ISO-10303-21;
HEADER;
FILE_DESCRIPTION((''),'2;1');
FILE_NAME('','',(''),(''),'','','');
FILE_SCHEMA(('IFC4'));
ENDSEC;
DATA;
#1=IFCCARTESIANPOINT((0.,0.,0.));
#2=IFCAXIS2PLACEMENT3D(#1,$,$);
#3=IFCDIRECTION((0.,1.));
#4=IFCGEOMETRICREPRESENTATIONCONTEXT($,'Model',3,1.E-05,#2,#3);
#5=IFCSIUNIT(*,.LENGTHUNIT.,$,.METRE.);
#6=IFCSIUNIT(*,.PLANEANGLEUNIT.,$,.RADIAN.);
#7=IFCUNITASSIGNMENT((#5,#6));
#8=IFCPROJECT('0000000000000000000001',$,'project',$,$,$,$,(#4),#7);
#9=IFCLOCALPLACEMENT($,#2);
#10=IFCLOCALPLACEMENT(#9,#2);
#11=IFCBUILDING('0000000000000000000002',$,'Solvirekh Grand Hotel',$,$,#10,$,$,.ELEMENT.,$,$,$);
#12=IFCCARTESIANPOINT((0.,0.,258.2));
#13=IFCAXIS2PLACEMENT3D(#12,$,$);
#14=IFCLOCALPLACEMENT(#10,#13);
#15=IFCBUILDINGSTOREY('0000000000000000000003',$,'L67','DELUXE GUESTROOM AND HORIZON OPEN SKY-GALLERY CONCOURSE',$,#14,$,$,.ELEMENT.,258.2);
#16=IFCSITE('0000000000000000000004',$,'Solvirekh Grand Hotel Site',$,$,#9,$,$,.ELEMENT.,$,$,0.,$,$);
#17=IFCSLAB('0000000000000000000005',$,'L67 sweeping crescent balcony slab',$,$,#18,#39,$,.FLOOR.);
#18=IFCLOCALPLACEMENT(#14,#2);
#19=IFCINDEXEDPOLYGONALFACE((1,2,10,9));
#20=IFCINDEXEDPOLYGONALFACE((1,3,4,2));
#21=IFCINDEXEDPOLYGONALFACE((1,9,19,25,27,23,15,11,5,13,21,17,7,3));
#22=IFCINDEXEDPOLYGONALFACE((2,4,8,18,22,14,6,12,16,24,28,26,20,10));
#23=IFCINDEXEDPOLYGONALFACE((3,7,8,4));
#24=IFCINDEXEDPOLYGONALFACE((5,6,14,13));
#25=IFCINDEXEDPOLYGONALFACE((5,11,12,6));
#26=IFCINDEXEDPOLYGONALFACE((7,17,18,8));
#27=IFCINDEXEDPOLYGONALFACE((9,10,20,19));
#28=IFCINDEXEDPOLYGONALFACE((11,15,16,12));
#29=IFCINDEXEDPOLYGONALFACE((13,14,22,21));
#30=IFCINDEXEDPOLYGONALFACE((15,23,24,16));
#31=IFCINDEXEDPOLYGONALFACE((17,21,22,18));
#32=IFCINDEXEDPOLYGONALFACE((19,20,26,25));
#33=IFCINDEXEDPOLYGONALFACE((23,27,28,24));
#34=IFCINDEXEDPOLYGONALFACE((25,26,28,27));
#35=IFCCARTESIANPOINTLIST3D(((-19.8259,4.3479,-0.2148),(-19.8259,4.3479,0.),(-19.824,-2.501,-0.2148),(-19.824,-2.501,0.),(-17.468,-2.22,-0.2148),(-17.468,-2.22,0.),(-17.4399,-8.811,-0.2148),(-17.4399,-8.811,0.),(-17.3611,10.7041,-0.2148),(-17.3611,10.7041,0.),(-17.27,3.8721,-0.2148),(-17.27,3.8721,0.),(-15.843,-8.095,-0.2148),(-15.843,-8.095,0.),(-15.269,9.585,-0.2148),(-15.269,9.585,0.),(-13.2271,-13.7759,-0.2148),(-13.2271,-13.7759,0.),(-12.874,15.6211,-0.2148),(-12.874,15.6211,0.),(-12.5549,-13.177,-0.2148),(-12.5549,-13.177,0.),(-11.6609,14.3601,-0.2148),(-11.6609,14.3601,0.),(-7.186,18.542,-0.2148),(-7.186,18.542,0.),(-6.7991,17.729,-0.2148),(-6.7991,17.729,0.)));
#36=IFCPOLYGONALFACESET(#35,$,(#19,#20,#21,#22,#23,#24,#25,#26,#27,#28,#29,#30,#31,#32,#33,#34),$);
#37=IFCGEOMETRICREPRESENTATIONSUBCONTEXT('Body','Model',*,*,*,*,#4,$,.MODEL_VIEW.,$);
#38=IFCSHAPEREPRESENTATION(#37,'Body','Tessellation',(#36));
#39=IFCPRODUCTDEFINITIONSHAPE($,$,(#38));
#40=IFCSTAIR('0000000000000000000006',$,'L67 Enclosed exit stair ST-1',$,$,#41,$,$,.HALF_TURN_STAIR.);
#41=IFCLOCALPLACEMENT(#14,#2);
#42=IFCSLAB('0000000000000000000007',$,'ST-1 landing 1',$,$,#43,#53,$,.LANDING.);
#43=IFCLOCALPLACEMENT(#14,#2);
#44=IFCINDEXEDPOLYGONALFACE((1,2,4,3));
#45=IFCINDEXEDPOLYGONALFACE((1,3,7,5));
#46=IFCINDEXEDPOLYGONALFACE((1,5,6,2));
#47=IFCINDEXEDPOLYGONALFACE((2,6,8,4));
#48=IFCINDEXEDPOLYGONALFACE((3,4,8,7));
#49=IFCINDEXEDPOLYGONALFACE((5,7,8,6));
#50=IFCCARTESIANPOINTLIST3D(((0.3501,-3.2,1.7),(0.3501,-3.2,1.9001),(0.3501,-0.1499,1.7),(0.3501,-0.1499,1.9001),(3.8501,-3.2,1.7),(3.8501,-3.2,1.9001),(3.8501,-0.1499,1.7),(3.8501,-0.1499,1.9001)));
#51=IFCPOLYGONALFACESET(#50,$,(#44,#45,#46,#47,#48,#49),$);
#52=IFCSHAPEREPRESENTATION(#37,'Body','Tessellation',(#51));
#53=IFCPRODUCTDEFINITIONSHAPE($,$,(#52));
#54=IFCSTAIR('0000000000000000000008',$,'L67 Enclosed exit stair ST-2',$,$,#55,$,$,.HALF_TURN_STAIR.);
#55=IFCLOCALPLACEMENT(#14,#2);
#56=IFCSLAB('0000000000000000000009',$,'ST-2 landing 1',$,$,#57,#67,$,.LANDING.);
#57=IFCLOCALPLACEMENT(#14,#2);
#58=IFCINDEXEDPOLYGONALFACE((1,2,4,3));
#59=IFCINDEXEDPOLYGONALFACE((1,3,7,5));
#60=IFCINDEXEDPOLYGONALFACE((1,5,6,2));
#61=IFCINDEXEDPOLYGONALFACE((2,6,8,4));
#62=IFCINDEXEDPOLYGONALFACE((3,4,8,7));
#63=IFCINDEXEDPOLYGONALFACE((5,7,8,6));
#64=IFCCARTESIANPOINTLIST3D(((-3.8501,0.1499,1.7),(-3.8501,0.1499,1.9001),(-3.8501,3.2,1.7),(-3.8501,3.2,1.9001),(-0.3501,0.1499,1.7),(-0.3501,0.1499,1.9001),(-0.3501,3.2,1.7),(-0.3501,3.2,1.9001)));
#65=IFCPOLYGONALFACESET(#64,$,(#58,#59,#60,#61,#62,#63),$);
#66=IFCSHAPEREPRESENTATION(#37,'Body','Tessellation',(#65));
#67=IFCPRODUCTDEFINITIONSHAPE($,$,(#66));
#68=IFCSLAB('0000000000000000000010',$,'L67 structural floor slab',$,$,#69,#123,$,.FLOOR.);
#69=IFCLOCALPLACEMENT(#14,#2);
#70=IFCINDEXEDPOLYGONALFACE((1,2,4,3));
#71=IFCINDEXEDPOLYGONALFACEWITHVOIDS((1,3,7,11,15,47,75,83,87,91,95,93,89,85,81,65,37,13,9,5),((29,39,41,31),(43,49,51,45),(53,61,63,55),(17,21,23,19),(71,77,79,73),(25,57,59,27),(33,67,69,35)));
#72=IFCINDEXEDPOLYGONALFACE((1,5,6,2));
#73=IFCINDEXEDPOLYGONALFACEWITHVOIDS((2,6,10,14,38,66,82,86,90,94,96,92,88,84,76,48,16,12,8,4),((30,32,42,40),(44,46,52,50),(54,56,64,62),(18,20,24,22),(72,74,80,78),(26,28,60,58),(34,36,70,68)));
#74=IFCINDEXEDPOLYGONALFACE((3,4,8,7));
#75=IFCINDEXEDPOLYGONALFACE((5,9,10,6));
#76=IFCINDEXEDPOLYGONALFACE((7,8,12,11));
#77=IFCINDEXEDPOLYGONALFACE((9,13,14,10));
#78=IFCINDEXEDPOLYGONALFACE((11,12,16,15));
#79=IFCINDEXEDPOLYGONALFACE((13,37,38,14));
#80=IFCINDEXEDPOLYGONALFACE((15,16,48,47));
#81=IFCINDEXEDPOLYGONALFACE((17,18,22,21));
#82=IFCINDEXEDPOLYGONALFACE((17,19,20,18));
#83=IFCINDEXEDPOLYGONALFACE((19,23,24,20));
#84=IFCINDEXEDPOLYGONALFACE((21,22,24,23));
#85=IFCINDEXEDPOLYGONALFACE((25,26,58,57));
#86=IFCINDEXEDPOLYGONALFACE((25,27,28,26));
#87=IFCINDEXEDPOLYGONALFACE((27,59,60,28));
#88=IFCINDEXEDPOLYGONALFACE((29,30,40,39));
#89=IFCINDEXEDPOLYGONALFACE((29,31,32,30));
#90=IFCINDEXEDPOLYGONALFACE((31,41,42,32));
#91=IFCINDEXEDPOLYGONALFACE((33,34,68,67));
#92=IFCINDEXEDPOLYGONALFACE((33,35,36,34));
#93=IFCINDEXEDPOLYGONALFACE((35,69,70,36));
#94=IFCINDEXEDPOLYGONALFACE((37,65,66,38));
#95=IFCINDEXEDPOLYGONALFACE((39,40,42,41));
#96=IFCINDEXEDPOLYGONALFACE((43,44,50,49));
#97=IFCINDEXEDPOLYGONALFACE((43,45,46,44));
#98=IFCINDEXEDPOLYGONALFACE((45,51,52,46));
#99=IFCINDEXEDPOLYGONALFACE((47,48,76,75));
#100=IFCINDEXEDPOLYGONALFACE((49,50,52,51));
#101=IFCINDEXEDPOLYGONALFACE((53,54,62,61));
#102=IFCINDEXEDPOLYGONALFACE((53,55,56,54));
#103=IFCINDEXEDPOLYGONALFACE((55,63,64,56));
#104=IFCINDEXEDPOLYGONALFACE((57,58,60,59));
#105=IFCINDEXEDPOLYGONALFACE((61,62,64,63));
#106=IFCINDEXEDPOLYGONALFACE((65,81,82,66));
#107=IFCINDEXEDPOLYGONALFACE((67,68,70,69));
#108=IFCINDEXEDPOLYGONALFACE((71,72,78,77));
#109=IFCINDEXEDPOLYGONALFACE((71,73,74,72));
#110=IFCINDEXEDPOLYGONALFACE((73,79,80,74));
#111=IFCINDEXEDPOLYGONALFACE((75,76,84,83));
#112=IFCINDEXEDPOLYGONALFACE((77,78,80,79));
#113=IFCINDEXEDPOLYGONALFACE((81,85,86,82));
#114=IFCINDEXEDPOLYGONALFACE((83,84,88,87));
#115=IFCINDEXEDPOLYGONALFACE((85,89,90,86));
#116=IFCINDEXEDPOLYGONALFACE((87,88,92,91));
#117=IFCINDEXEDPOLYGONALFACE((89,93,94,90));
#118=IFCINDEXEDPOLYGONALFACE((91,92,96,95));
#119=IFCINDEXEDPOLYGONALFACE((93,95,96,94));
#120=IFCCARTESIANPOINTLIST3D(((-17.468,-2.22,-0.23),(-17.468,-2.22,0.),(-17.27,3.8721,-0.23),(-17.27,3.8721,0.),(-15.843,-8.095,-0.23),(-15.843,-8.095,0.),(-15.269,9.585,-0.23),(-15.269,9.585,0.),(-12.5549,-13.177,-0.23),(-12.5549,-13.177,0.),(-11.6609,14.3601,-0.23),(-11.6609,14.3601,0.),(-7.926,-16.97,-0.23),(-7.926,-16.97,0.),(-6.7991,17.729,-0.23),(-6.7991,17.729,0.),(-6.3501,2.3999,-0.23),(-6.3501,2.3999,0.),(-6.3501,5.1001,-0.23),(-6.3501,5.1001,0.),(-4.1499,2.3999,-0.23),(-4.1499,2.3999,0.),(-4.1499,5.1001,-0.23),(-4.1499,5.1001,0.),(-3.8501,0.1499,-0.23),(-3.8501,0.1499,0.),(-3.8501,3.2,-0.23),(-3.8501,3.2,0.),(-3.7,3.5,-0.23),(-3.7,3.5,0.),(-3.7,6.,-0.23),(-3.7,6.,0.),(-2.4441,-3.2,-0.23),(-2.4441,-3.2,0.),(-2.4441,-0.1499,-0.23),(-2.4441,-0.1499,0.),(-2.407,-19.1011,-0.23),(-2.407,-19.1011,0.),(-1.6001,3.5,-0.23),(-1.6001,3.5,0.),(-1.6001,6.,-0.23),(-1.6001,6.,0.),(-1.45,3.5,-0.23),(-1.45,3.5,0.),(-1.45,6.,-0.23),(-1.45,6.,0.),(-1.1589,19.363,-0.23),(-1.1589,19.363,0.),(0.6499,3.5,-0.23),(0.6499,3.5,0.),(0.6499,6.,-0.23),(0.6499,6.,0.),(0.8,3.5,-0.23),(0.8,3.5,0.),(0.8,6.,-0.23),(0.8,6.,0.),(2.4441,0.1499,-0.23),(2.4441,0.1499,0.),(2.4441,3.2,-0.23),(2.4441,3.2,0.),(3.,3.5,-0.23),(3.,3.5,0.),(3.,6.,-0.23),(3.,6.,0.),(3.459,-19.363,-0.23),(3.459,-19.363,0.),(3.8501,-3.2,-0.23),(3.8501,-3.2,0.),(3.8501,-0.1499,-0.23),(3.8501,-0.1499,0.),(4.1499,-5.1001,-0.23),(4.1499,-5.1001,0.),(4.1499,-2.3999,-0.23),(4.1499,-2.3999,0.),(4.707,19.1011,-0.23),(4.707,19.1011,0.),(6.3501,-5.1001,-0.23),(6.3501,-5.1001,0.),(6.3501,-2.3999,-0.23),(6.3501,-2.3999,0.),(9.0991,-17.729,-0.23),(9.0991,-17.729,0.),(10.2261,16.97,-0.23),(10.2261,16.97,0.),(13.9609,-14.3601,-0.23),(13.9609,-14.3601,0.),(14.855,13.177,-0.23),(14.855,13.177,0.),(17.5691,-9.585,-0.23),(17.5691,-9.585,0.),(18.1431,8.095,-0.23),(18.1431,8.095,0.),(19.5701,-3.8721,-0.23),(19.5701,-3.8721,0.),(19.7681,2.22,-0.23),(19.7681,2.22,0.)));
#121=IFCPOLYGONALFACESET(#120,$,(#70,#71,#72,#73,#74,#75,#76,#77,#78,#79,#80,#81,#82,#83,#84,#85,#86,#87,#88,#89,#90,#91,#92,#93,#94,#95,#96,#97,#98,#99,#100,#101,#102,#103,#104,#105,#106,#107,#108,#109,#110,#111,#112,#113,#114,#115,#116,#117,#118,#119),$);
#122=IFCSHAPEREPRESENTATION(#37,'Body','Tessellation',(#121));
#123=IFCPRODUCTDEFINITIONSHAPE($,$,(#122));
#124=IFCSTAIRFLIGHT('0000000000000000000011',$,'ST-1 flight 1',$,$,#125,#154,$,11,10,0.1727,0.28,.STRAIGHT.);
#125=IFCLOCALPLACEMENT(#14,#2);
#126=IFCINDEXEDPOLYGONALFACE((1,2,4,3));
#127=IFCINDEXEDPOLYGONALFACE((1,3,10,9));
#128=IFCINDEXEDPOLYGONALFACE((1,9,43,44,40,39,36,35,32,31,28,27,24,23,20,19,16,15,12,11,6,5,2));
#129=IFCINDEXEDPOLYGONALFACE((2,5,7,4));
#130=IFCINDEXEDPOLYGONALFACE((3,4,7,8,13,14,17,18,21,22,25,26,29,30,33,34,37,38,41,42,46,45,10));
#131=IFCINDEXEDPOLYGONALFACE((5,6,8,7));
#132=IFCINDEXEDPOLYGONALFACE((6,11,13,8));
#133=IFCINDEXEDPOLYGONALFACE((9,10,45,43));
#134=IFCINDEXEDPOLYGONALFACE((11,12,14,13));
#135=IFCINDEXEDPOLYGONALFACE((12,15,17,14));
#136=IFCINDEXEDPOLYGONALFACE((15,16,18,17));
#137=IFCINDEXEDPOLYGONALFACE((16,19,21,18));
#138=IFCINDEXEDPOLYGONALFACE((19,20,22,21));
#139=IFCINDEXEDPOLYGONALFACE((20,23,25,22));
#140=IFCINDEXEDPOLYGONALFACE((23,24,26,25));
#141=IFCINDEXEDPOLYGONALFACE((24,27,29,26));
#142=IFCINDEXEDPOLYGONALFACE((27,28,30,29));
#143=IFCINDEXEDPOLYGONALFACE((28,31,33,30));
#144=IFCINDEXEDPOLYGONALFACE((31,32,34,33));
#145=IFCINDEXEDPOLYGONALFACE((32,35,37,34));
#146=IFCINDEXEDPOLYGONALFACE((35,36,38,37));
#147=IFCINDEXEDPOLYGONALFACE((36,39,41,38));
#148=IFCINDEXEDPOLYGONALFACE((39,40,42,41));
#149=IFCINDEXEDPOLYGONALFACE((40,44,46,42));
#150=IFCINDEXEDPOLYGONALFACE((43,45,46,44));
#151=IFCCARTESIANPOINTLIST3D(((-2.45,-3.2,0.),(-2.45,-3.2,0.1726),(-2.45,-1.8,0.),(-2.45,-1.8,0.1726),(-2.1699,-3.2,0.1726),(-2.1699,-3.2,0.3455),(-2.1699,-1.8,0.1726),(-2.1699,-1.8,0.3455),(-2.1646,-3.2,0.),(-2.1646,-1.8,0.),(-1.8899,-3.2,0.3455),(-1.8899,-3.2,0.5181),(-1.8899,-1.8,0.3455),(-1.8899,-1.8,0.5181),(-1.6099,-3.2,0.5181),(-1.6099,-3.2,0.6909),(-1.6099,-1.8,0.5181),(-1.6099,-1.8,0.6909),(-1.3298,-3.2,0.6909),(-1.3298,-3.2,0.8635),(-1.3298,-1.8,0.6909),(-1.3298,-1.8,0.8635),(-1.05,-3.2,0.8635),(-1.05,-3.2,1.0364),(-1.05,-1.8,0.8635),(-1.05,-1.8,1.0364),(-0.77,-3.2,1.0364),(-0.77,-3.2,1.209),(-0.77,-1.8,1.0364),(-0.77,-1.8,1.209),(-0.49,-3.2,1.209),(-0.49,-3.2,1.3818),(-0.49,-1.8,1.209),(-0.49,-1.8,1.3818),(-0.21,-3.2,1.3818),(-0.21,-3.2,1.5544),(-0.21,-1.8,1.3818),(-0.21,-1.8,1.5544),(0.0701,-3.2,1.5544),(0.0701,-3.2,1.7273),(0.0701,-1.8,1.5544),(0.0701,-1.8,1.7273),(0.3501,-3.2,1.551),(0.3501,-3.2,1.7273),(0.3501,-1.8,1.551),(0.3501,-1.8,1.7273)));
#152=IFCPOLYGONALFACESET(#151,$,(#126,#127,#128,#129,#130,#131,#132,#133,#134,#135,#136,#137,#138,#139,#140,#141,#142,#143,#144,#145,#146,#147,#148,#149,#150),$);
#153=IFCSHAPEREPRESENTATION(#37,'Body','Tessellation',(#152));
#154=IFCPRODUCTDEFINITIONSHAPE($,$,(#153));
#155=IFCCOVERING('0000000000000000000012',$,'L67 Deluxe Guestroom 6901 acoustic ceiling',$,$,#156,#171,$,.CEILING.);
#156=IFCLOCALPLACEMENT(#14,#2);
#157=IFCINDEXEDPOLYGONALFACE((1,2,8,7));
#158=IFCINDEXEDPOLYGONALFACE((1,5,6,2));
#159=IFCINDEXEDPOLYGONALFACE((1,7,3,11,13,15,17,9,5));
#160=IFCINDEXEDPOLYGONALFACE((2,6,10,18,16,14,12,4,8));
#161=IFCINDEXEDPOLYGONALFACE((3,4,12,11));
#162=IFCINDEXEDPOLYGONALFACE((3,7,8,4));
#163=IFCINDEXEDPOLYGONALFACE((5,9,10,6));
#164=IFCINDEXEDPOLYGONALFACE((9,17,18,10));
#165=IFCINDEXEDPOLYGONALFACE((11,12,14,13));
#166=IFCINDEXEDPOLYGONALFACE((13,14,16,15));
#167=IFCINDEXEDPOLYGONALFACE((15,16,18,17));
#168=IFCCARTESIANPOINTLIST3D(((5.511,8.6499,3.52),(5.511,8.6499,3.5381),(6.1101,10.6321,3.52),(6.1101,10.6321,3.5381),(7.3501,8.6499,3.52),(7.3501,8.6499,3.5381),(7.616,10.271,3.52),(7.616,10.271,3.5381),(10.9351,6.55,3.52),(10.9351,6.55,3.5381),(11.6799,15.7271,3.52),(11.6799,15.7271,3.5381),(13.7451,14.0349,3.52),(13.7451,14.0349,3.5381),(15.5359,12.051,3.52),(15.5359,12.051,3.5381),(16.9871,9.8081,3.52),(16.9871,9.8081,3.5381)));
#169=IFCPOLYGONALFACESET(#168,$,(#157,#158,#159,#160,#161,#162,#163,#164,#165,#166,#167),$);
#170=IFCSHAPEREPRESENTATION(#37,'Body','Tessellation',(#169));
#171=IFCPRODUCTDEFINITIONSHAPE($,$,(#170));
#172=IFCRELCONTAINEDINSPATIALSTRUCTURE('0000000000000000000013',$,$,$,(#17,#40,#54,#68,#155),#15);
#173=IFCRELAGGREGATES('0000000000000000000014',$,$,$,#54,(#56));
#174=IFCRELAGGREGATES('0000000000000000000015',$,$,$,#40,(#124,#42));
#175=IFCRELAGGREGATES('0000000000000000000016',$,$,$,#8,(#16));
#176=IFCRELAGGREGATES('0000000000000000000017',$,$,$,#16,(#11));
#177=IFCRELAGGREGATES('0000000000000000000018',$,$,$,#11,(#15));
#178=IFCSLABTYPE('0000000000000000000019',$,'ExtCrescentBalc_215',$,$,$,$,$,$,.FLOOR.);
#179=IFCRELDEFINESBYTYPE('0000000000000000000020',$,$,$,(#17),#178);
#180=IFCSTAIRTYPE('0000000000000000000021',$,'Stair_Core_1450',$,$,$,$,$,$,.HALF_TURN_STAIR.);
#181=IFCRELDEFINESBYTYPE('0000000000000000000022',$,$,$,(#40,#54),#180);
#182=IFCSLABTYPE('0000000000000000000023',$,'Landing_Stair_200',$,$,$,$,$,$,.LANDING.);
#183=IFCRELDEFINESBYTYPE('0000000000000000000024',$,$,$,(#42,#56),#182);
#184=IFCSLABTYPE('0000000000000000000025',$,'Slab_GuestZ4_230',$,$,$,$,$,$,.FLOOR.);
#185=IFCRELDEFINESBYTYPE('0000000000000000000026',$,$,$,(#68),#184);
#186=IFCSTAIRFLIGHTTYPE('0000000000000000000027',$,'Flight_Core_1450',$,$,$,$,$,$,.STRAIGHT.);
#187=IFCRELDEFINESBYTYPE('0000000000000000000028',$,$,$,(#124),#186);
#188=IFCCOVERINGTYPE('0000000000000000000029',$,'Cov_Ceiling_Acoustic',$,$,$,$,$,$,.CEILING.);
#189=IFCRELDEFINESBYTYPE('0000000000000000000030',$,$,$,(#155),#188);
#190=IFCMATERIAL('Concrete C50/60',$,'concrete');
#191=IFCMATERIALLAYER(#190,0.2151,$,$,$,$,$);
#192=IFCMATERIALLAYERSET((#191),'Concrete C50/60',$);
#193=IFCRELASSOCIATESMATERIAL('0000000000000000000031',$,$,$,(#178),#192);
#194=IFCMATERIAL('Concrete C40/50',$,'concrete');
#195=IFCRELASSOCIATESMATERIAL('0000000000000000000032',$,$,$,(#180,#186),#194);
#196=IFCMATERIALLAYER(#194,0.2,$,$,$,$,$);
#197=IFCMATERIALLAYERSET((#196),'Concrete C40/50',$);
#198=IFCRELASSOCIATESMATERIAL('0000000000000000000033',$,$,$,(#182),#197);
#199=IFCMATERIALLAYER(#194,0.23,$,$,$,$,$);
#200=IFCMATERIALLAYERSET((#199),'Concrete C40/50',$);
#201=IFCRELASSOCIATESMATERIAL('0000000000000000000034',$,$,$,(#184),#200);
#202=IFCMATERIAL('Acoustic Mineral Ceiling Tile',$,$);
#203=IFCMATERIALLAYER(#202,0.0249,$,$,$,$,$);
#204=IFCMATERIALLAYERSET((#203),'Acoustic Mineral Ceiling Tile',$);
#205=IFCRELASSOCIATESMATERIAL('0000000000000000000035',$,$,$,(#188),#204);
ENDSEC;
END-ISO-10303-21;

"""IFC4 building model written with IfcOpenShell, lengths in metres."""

from ifc_helpers import new_model, si_unit, direction, frame, origin, place, context, subcontext, project, spatial, polyline, outline, extrude, material, layer, layer_set, type_object, element, aggregate, save


model = new_model("IFC4")

# Units and contexts
model_context = context("Model", 3, precision=1e-05, world=origin(), true_north=direction((0.0, 1.0)))
body_context = subcontext(model_context, "Body", "Model", "MODEL_VIEW")
ifc_project = project(units=[si_unit("LENGTHUNIT", "METRE"), si_unit("PLANEANGLEUNIT", "RADIAN")], contexts=[model_context])

# Site, building, storey
site_placement = place(None, origin())
site = spatial("IfcSite", under=ifc_project, at=site_placement, Name="Solvirekh Grand Hotel Site", CompositionType="ELEMENT", RefElevation=0.0)
building_placement = place(site_placement, origin())
building = spatial("IfcBuilding", under=site, at=building_placement, Name="Solvirekh Grand Hotel", CompositionType="ELEMENT")
storey_placement = place(building_placement, frame((0.0, 0.0, 258.2)))
storey = spatial("IfcBuildingStorey", under=building, at=storey_placement, Name="L67", Description="DELUXE GUESTROOM AND HORIZON OPEN SKY-GALLERY CONCOURSE", CompositionType="ELEMENT", Elevation=258.2)

# Slab
ifc_material_1 = material(Name="Concrete C50/60", Category="concrete")
ifc_layer_1 = layer(ifc_material_1, 0.2151)
ifc_layer_set_1 = layer_set([ifc_layer_1], Name="Concrete C50/60")
slab_type_1 = type_object("IfcSlabType", Name="ExtCrescentBalc_215", PredefinedType="FLOOR", material=ifc_layer_set_1)
slab_1_placement = place(storey_placement, frame((0.0, 0.0, -0.2148)))
element("IfcSlab", 1, at=slab_1_placement, inside=storey, type_object=slab_type_1, Name="L67 sweeping crescent balcony slab", PredefinedType="FLOOR", context=body_context, shape_type="SweptSolid", body=[
    extrude(outline(polyline([(-7.186, 18.542), (-12.874, 15.6211), (-17.3611, 10.7041), (-19.8259, 4.3479), (-19.824, -2.501), (-17.4399, -8.811), (-13.2271, -13.7759), (-12.5549, -13.177), (-15.843, -8.095), (-17.468, -2.22), (-17.27, 3.8721), (-15.269, 9.585), (-11.6609, 14.3601), (-6.7991, 17.729), (-7.186, 18.542)])), origin(), (0.0, 0.0, 1.0), 0.2148),
])

# Stairs, slabs
ifc_material_2 = material(Name="Concrete C40/50", Category="concrete")
stair_type = type_object("IfcStairType", Name="Stair_Core_1450", PredefinedType="HALF_TURN_STAIR", material=ifc_material_2)
stair_1_placement = place(storey_placement, origin())
stair_1 = element("IfcStair", 2, at=stair_1_placement, inside=storey, type_object=stair_type, Name="L67 Enclosed exit stair ST-1", PredefinedType="HALF_TURN_STAIR")
ifc_layer_2 = layer(ifc_material_2, 0.2)
ifc_layer_set_2 = layer_set([ifc_layer_2], Name="Concrete C40/50")
slab_type_2 = type_object("IfcSlabType", Name="Landing_Stair_200", PredefinedType="LANDING", material=ifc_layer_set_2)
slab_2_placement = place(storey_placement, frame((0.0, 0.0, 1.7)))
slab_2 = element("IfcSlab", 3, at=slab_2_placement, type_object=slab_type_2, Name="ST-1 landing 1", PredefinedType="LANDING", context=body_context, shape_type="SweptSolid", body=[
    extrude(outline(polyline([(0.3501, -3.2), (3.8501, -3.2), (3.8501, -0.1499), (0.3501, -0.1499), (0.3501, -3.2)])), origin(), (0.0, 0.0, 1.0), 0.2002),
])
stair_2_placement = place(storey_placement, origin())
stair_2 = element("IfcStair", 4, at=stair_2_placement, inside=storey, type_object=stair_type, Name="L67 Enclosed exit stair ST-2", PredefinedType="HALF_TURN_STAIR")
slab_3_placement = place(storey_placement, frame((0.0, 0.0, 1.7)))
slab_3 = element("IfcSlab", 5, at=slab_3_placement, type_object=slab_type_2, Name="ST-2 landing 1", PredefinedType="LANDING", context=body_context, shape_type="SweptSolid", body=[
    extrude(outline(polyline([(-0.3501, 3.2), (-3.8501, 3.2), (-3.8501, 0.1499), (-0.3501, 0.1499), (-0.3501, 3.2)])), origin(), (0.0, 0.0, 1.0), 0.2002),
])
aggregate(stair_2, [slab_3])

# Slab
ifc_layer_3 = layer(ifc_material_2, 0.23)
ifc_layer_set_3 = layer_set([ifc_layer_3], Name="Concrete C40/50")
slab_type_3 = type_object("IfcSlabType", Name="Slab_GuestZ4_230", PredefinedType="FLOOR", material=ifc_layer_set_3)
slab_4_placement = place(storey_placement, frame((0.0, 0.0, -0.23)))
element("IfcSlab", 6, at=slab_4_placement, inside=storey, type_object=slab_type_3, Name="L67 structural floor slab", PredefinedType="FLOOR", context=body_context, shape_type="SweptSolid", body=[
    extrude(outline(polyline([(3.459, -19.363), (9.0991, -17.729), (13.9609, -14.3601), (17.5691, -9.585), (19.5701, -3.8721), (19.7681, 2.22), (18.1431, 8.095), (14.855, 13.177), (10.2261, 16.97), (4.707, 19.1011), (-1.1589, 19.363), (-6.7991, 17.729), (-11.6609, 14.3601), (-15.269, 9.585), (-17.27, 3.8721), (-17.468, -2.22), (-15.843, -8.095), (-12.5549, -13.177), (-7.926, -16.97), (-2.407, -19.1011), (3.459, -19.363)]), holes=[polyline([(-2.4441, -0.1499), (3.8501, -0.1499), (3.8501, -3.2), (-2.4441, -3.2), (-2.4441, -0.1499)]), polyline([(2.4441, 0.1499), (-3.8501, 0.1499), (-3.8501, 3.2), (2.4441, 3.2), (2.4441, 0.1499)]), polyline([(-3.7, 6.0), (-1.6001, 6.0), (-1.6001, 3.5), (-3.7, 3.5), (-3.7, 6.0)]), polyline([(-1.45, 6.0), (0.6499, 6.0), (0.6499, 3.5), (-1.45, 3.5), (-1.45, 6.0)]), polyline([(0.8, 6.0), (3.0, 6.0), (3.0, 3.5), (0.8, 3.5), (0.8, 6.0)]), polyline([(-6.3501, 5.1001), (-4.1499, 5.1001), (-4.1499, 2.3999), (-6.3501, 2.3999), (-6.3501, 5.1001)]), polyline([(4.1499, -2.3999), (6.3501, -2.3999), (6.3501, -5.1001), (4.1499, -5.1001), (4.1499, -2.3999)])]), origin(), (0.0, 0.0, 1.0), 0.23),
])

# Stair flight
stair_flight_type = type_object("IfcStairFlightType", Name="Flight_Core_1450", PredefinedType="STRAIGHT", material=ifc_material_2)
stair_flight_placement = place(storey_placement, frame((-2.45, -2.5, 0.0), z_axis=(0.0, 0.0, 1.0), x_axis=(1.0, 0.0, 0.0)))
stair_flight = element("IfcStairFlight", 7, at=stair_flight_placement, type_object=stair_flight_type, Name="ST-1 flight 1", NumberOfRisers=11, NumberOfTreads=10, PredefinedType="STRAIGHT", RiserHeight=0.1727, TreadLength=0.28, context=body_context, shape_type="SweptSolid", body=[
    extrude(outline(polyline([(0.0, 0.0), (0.0, 0.1726), (0.28, 0.1726), (0.28, 0.3455), (0.5601, 0.3455), (0.5601, 0.5181), (0.8401, 0.5181), (0.8401, 0.6909), (1.1201, 0.6909), (1.1201, 0.8635), (1.3999, 0.8635), (1.3999, 1.0364), (1.6799, 1.0364), (1.6799, 1.209), (1.96, 1.209), (1.96, 1.3818), (2.24, 1.3818), (2.24, 1.5544), (2.52, 1.5544), (2.52, 1.7273), (2.8, 1.7273), (2.8, 1.8999), (2.8, 1.551), (0.2854, 0.0), (0.0, 0.0)])), frame((0.0, 0.7, 0.0), z_axis=(0.0, -1.0, 0.0), x_axis=(1.0, 0.0, 0.0)), (0.0, 0.0, 1.0), 1.3999),
])
aggregate(stair_1, [stair_flight, slab_2])

# Covering
ifc_material_3 = material(Name="Acoustic Mineral Ceiling Tile")
ifc_layer_4 = layer(ifc_material_3, 0.0249)
ifc_layer_set_4 = layer_set([ifc_layer_4], Name="Acoustic Mineral Ceiling Tile")
covering_type_1 = type_object("IfcCoveringType", Name="Cov_Ceiling_Acoustic", PredefinedType="CEILING", material=ifc_layer_set_4)
covering_1_placement = place(storey_placement, frame((0.0, 0.0, 3.52)))
element("IfcCovering", 8, at=covering_1_placement, inside=storey, type_object=covering_type_1, Name="L67 Deluxe Guestroom 6901 acoustic ceiling", PredefinedType="CEILING", context=body_context, shape_type="SweptSolid", body=[
    extrude(outline(polyline([(6.1101, 10.6321), (7.616, 10.271), (5.511, 8.6499), (7.3501, 8.6499), (10.9351, 6.55), (16.9871, 9.8081), (15.5359, 12.051), (13.7451, 14.0349), (11.6799, 15.7271), (6.1101, 10.6321)])), origin(), (0.0, 0.0, 1.0), 0.0181),
])

save(model, "model.ifc")
